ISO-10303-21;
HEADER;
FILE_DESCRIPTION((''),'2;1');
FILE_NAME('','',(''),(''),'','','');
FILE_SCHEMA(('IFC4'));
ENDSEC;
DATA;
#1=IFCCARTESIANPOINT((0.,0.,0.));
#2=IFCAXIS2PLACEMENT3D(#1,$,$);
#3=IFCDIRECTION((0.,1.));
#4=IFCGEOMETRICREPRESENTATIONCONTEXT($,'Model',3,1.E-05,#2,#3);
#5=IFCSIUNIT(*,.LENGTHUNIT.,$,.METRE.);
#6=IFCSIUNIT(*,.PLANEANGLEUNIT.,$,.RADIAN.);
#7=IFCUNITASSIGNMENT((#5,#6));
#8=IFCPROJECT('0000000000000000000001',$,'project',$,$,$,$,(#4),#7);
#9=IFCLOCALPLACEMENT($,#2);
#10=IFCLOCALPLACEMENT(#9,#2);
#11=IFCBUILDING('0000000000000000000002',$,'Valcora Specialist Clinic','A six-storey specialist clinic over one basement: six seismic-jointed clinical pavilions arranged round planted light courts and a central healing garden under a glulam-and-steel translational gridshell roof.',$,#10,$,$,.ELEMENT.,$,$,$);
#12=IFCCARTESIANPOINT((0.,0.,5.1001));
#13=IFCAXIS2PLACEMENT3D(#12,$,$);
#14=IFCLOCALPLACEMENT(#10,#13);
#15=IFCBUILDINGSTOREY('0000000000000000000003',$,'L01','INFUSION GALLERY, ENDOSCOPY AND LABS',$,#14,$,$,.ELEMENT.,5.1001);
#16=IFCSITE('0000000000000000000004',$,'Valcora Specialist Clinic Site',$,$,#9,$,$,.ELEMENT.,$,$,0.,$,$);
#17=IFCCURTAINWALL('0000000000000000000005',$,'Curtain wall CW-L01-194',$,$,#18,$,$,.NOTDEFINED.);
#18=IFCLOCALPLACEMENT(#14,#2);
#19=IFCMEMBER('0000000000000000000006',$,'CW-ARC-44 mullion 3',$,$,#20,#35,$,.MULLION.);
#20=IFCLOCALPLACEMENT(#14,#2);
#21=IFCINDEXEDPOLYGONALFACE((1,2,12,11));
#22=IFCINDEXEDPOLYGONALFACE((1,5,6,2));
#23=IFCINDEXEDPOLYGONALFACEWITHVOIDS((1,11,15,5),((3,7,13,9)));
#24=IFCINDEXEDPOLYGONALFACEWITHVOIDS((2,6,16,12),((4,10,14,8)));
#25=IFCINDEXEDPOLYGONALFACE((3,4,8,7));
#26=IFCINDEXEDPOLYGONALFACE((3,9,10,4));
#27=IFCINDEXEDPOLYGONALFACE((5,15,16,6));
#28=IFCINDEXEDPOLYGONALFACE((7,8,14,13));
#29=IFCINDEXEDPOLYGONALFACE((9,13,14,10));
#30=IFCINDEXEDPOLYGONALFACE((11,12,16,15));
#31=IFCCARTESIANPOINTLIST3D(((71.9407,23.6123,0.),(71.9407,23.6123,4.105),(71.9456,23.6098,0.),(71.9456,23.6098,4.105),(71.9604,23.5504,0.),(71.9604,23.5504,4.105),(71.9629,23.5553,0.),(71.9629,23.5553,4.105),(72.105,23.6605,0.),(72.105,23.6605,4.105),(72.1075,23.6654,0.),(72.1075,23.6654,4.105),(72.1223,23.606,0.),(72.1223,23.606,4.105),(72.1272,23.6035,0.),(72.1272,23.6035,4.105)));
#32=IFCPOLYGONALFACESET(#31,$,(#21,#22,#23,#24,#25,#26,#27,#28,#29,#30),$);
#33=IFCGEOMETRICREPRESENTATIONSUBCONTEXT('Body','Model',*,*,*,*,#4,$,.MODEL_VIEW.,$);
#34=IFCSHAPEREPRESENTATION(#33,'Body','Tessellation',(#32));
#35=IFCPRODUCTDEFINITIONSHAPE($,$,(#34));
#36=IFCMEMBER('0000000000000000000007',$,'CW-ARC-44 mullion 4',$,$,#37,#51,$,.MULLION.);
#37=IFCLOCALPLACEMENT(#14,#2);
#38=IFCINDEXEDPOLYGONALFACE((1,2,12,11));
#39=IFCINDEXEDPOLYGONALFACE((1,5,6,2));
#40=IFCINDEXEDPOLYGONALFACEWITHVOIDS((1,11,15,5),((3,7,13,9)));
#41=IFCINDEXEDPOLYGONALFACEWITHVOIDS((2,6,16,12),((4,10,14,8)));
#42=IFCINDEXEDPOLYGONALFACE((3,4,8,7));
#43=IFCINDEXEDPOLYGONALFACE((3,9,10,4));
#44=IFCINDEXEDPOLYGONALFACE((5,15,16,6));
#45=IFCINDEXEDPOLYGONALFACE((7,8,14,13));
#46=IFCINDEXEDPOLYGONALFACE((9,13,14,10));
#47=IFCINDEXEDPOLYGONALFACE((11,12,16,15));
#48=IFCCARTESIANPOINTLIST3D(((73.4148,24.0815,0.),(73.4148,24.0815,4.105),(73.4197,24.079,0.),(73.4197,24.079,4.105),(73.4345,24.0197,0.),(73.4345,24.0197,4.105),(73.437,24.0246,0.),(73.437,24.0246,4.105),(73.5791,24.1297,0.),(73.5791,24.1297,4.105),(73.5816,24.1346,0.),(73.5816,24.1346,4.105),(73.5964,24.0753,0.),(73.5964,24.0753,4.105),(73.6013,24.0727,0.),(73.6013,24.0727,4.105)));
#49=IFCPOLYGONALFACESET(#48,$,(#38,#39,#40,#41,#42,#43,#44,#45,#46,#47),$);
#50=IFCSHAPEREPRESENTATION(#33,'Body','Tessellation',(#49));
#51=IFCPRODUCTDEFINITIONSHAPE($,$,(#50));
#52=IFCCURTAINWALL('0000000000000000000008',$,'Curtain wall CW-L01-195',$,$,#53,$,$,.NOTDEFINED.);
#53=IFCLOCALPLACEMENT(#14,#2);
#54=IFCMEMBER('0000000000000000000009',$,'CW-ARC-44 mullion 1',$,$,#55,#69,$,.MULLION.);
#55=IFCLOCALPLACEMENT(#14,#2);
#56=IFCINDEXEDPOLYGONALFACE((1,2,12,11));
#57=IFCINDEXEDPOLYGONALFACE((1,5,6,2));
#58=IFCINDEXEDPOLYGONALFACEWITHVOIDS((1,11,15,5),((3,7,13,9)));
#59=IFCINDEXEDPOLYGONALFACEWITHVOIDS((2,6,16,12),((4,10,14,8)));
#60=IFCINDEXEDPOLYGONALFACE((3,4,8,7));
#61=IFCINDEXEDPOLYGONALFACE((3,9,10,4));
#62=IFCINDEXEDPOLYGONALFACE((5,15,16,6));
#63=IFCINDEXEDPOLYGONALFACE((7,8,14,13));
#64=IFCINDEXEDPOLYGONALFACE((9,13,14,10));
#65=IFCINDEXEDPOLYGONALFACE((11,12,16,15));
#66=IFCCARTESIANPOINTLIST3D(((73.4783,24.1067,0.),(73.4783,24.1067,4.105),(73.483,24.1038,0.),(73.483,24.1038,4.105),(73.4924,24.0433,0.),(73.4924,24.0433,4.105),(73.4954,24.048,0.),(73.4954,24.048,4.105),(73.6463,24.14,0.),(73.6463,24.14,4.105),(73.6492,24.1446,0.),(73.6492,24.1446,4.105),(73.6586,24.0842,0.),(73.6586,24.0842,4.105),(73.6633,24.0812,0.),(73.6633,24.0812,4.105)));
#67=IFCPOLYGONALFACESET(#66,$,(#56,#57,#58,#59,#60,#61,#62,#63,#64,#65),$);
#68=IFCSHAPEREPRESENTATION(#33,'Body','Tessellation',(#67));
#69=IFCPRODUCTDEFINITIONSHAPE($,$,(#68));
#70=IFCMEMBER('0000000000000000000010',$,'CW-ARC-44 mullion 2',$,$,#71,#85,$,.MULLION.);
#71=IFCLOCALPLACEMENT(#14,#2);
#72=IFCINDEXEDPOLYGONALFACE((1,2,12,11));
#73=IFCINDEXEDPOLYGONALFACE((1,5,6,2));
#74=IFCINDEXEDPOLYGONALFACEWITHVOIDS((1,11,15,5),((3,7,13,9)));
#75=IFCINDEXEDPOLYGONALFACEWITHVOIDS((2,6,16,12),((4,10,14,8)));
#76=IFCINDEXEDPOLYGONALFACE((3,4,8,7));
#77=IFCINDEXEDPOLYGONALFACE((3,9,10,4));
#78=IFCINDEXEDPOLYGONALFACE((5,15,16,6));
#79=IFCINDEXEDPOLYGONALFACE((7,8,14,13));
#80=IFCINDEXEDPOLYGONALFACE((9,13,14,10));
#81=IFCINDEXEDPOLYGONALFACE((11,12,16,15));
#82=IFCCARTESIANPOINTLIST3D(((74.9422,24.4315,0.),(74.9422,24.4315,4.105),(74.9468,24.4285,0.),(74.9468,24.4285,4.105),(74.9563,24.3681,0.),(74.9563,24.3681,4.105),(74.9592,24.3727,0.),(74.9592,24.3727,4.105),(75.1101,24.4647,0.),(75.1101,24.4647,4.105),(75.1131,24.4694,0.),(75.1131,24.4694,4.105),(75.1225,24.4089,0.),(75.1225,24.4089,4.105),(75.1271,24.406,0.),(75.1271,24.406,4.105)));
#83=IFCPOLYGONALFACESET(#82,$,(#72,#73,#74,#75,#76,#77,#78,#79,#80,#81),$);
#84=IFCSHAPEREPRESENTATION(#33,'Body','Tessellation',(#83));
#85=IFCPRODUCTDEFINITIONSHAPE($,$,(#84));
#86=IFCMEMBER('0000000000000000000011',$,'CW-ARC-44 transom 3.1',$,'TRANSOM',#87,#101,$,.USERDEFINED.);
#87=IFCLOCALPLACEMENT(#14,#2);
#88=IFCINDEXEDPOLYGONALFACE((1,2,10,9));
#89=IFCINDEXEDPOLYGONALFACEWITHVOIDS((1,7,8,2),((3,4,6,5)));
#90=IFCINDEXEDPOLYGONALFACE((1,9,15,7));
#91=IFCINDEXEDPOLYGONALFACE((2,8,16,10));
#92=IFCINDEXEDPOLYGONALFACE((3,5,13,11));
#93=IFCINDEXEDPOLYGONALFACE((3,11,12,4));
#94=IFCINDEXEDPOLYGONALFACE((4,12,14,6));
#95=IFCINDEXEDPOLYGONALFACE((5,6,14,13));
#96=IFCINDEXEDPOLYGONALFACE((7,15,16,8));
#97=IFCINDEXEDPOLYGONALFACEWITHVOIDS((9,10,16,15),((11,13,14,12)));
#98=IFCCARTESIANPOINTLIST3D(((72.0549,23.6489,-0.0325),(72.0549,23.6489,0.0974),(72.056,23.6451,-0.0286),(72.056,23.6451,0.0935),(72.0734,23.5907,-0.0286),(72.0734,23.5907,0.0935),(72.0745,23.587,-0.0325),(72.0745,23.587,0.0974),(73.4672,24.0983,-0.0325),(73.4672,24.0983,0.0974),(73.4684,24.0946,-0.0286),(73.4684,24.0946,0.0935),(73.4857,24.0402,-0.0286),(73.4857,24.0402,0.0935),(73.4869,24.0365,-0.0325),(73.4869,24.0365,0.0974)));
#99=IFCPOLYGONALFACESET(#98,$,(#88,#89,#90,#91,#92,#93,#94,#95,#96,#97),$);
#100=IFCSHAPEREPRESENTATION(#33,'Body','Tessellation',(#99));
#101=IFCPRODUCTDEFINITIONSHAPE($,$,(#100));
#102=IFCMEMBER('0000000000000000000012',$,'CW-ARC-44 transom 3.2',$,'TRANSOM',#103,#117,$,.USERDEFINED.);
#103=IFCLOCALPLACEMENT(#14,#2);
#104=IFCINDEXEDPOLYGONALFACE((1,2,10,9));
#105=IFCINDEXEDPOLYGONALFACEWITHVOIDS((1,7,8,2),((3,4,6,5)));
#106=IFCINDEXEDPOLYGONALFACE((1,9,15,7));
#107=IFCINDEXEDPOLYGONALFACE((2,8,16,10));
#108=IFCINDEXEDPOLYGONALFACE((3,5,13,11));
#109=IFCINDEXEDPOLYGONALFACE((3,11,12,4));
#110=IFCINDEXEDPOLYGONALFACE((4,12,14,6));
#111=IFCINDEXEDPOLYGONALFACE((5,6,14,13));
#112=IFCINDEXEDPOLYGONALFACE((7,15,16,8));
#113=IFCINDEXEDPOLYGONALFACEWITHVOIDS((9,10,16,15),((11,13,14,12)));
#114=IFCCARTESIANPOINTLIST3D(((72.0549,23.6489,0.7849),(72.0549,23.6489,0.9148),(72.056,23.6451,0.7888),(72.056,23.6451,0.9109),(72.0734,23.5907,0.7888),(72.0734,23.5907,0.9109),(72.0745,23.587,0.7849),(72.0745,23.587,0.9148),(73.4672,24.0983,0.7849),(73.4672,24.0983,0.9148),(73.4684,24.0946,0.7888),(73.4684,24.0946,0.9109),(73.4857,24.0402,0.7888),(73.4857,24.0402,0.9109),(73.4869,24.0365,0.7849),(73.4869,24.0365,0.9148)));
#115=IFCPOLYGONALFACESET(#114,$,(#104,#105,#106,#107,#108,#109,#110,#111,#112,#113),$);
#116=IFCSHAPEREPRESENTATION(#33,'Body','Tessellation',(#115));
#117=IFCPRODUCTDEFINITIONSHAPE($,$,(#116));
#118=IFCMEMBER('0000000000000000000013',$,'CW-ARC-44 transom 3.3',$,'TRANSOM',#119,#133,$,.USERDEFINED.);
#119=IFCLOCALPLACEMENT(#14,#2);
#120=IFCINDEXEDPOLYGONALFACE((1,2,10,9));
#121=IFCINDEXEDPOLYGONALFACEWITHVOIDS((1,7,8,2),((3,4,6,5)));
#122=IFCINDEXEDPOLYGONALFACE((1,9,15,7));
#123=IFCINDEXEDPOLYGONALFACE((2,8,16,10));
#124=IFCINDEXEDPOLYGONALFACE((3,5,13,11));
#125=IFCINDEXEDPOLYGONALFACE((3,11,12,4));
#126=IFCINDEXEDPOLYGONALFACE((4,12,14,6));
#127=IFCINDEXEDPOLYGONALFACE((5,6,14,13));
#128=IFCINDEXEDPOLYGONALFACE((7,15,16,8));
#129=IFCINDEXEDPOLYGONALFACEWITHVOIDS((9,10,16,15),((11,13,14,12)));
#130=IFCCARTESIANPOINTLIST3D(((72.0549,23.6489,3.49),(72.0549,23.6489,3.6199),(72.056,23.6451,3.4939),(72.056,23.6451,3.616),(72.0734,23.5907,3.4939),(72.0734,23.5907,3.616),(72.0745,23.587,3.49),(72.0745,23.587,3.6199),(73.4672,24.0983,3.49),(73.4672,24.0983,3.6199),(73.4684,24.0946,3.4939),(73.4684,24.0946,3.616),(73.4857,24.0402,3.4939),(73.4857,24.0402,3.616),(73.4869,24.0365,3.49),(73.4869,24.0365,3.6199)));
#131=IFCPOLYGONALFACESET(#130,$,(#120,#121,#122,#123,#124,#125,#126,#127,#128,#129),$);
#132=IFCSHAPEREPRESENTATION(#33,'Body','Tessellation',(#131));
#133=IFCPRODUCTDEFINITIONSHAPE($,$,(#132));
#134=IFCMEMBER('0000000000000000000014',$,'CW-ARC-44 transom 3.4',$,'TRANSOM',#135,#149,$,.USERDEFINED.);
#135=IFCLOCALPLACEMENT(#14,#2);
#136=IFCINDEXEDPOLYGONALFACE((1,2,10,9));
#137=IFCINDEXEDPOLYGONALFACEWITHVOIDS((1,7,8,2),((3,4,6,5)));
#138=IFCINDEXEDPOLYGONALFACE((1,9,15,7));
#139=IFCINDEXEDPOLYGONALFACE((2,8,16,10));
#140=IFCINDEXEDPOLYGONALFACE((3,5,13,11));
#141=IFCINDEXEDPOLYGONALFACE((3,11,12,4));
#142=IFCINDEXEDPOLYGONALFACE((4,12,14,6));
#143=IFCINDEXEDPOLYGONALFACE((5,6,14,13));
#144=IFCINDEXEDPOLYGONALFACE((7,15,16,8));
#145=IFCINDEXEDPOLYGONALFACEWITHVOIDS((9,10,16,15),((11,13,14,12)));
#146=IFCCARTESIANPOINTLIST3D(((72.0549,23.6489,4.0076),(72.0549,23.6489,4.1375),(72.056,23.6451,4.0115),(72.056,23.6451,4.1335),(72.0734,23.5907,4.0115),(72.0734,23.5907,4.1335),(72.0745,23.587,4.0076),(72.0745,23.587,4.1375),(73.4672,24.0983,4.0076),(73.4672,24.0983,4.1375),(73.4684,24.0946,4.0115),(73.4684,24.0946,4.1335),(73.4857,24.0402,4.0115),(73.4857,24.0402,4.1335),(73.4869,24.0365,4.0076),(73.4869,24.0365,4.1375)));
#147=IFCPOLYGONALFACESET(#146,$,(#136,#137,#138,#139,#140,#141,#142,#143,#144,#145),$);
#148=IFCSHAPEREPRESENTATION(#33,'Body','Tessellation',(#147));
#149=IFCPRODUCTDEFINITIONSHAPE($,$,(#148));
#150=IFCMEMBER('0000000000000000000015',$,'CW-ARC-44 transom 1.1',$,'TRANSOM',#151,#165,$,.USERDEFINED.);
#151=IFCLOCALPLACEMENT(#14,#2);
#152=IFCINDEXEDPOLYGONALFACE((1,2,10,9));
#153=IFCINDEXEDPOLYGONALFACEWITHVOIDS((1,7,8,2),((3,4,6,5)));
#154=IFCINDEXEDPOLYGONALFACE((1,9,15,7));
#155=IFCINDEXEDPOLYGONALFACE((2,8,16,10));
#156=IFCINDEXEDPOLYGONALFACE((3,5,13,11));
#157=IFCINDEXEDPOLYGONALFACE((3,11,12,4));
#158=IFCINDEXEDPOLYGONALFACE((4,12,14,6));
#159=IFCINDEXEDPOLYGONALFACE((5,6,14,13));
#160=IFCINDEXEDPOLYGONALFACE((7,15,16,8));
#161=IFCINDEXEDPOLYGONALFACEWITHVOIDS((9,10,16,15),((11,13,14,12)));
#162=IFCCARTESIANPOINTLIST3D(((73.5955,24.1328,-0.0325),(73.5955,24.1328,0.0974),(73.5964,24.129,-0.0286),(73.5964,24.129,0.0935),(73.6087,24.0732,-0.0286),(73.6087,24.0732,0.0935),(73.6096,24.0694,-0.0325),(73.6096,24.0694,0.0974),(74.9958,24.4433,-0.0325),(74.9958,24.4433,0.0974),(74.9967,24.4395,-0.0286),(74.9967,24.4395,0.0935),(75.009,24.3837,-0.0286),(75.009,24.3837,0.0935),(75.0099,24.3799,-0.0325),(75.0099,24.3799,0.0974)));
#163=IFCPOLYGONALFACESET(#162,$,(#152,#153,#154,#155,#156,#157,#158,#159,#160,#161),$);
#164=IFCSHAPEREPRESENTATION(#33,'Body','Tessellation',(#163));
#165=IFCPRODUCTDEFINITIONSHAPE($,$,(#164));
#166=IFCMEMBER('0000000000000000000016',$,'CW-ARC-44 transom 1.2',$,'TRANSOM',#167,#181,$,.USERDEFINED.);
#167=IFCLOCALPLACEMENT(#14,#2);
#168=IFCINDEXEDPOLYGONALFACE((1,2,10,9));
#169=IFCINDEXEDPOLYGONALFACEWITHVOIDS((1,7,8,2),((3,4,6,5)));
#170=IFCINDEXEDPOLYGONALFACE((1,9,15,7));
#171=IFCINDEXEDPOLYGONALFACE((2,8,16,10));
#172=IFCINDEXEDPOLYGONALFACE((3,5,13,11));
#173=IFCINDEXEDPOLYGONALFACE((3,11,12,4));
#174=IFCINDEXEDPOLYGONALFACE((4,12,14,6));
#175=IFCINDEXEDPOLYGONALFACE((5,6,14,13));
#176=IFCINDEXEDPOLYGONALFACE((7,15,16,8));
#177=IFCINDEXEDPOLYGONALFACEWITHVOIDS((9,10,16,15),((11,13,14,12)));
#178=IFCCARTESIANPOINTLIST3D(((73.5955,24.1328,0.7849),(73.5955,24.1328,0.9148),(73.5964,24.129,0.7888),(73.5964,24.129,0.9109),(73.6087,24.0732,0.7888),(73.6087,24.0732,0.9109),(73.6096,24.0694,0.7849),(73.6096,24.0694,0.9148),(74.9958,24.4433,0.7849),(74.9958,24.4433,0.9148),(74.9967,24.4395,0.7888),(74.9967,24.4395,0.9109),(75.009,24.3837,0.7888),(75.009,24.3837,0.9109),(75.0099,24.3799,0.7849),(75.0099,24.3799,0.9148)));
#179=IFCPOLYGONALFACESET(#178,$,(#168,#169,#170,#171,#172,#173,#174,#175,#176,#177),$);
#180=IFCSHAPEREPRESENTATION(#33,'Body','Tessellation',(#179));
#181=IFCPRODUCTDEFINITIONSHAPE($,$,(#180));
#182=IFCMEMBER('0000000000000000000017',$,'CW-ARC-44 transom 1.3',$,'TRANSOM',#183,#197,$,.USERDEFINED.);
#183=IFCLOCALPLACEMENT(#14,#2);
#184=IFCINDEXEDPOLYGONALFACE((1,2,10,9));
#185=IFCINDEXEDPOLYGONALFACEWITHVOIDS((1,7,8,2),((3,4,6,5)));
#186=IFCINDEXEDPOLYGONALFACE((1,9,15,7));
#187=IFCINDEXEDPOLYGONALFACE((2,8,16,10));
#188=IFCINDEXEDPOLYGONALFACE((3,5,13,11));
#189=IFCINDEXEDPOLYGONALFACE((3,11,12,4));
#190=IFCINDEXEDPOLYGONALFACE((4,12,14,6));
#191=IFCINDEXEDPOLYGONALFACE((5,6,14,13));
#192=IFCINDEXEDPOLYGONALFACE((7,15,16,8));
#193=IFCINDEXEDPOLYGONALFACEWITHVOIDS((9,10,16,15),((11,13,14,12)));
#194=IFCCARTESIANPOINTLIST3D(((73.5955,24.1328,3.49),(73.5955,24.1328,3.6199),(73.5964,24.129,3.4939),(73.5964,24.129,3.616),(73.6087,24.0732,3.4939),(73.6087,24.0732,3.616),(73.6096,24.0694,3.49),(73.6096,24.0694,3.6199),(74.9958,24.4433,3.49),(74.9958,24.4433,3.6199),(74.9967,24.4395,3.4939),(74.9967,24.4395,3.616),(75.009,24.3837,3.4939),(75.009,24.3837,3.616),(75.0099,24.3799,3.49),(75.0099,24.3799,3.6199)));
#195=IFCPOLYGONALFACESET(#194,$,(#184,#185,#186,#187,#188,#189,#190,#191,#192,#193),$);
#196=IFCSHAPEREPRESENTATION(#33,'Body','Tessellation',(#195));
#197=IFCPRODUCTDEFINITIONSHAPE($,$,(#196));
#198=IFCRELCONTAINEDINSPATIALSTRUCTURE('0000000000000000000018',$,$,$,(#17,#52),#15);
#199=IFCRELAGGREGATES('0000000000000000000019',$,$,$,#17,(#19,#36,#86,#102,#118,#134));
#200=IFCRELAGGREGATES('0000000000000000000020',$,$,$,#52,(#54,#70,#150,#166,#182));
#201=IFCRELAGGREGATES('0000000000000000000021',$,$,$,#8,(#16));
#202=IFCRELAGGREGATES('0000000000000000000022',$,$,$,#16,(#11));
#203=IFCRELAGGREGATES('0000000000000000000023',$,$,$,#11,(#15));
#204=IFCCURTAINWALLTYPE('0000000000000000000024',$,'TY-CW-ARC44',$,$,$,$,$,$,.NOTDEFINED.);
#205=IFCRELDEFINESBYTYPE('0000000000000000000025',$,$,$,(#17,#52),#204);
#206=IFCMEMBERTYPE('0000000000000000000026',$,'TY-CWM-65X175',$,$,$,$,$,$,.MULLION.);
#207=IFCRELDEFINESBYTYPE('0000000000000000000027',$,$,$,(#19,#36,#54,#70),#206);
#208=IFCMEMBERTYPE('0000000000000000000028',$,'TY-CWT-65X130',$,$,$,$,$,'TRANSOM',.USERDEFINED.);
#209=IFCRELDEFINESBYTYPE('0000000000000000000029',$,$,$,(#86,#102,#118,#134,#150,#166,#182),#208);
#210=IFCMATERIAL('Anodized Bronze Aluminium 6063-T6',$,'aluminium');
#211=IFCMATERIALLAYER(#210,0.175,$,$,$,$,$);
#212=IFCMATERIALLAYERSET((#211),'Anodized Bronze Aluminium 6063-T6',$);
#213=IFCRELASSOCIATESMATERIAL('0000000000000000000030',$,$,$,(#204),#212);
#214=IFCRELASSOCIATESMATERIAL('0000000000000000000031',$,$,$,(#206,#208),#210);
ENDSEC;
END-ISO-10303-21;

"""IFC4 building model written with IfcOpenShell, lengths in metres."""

from ifc_helpers import new_model, si_unit, direction, frame, origin, origin_2d, place, context, subcontext, project, spatial, hollow_rectangle, extrude, material, layer, layer_set, material_profile, profile_set, type_object, element, aggregate, save


model = new_model("IFC4")

# Units and contexts
model_context = context("Model", 3, precision=1e-05, world=origin(), true_north=direction((0.0, 1.0)))
body_context = subcontext(model_context, "Body", "Model", "MODEL_VIEW")
ifc_project = project(units=[si_unit("LENGTHUNIT", "METRE"), si_unit("PLANEANGLEUNIT", "RADIAN")], contexts=[model_context])

# Site, building, storey
site_placement = place(None, origin())
site = spatial("IfcSite", under=ifc_project, at=site_placement, Name="Valcora Specialist Clinic Site", CompositionType="ELEMENT", RefElevation=0.0)
building_placement = place(site_placement, origin())
building = spatial("IfcBuilding", under=site, at=building_placement, Name="Valcora Specialist Clinic", Description="A six-storey specialist clinic over one basement: six seismic-jointed clinical pavilions arranged round planted light courts and a central healing garden under a glulam-and-steel translational gridshell roof.", CompositionType="ELEMENT")
storey_placement = place(building_placement, frame((0.0, 0.0, 5.1001)))
storey = spatial("IfcBuildingStorey", under=building, at=storey_placement, Name="L01", Description="INFUSION GALLERY, ENDOSCOPY AND LABS", CompositionType="ELEMENT", Elevation=5.1001)

# Curtain walls, members
ifc_material_1 = material(Name="Anodized Bronze Aluminium 6063-T6", Category="aluminium")
ifc_layer_1 = layer(ifc_material_1, 0.175)
ifc_layer_set_1 = layer_set([ifc_layer_1], Name="Anodized Bronze Aluminium 6063-T6")
curtain_wall_type = type_object("IfcCurtainWallType", Name="TY-CW-ARC44", PredefinedType="NOTDEFINED", material=ifc_layer_set_1)
curtain_wall_1_placement = place(storey_placement, origin())
curtain_wall_1 = element("IfcCurtainWall", 1, at=curtain_wall_1_placement, inside=storey, type_object=curtain_wall_type, Name="Curtain wall CW-L01-194", PredefinedType="NOTDEFINED")
ifc_material_profile_1 = material_profile(ifc_material_1, hollow_rectangle(XDim=0.0649, YDim=0.175, WallThickness=0.0039, at=origin_2d()), Name="AL-MUL-65X175")
ifc_profile_set_1 = profile_set([ifc_material_profile_1], Name="Anodized Bronze Aluminium 6063-T6")
member_type_1 = type_object("IfcMemberType", Name="TY-CWM-65X175", PredefinedType="MULLION", material=ifc_profile_set_1)
member_1_placement = place(storey_placement, frame((72.0339, 23.6079, 0.0), z_axis=(0.0, 0.0, 1.0), x_axis=(-0.303233, 0.952916, 0.0)))
member_1 = element("IfcMember", 2, at=member_1_placement, type_object=member_type_1, Name="CW-ARC-44 mullion 3", PredefinedType="MULLION", context=body_context, shape_type="SweptSolid", body=[
    extrude(hollow_rectangle(XDim=0.0649, YDim=0.175, WallThickness=0.0039, at=origin_2d()), origin(), (0.0, 0.0, 1.0), 4.105),
])
member_2_placement = place(storey_placement, frame((73.5081, 24.0771, 0.0), z_axis=(0.0, 0.0, 1.0), x_axis=(-0.303233, 0.952916, 0.0)))
member_2 = element("IfcMember", 3, at=member_2_placement, type_object=member_type_1, Name="CW-ARC-44 mullion 4", PredefinedType="MULLION", context=body_context, shape_type="SweptSolid", body=[
    extrude(hollow_rectangle(XDim=0.0649, YDim=0.175, WallThickness=0.0039, at=origin_2d()), origin(), (0.0, 0.0, 1.0), 4.105),
])
curtain_wall_2_placement = place(storey_placement, origin())
curtain_wall_2 = element("IfcCurtainWall", 4, at=curtain_wall_2_placement, inside=storey, type_object=curtain_wall_type, Name="Curtain wall CW-L01-195", PredefinedType="NOTDEFINED")
member_3_placement = place(storey_placement, frame((73.5708, 24.094, 0.0), z_axis=(0.0, 0.0, 1.0), x_axis=(-0.216518, 0.976279, 0.0)))
member_3 = element("IfcMember", 5, at=member_3_placement, type_object=member_type_1, Name="CW-ARC-44 mullion 1", PredefinedType="MULLION", context=body_context, shape_type="SweptSolid", body=[
    extrude(hollow_rectangle(XDim=0.0649, YDim=0.175, WallThickness=0.0039, at=origin_2d()), origin(), (0.0, 0.0, 1.0), 4.105),
])
member_4_placement = place(storey_placement, frame((75.0347, 24.4187, 0.0), z_axis=(0.0, 0.0, 1.0), x_axis=(-0.216518, 0.976279, 0.0)))
member_4 = element("IfcMember", 6, at=member_4_placement, type_object=member_type_1, Name="CW-ARC-44 mullion 2", PredefinedType="MULLION", context=body_context, shape_type="SweptSolid", body=[
    extrude(hollow_rectangle(XDim=0.0649, YDim=0.175, WallThickness=0.0039, at=origin_2d()), origin(), (0.0, 0.0, 1.0), 4.105),
])

# Members
ifc_material_profile_2 = material_profile(ifc_material_1, hollow_rectangle(XDim=0.0649, YDim=0.1299, WallThickness=0.0039, at=origin_2d()), Name="AL-TRN-65X130")
ifc_profile_set_2 = profile_set([ifc_material_profile_2], Name="Anodized Bronze Aluminium 6063-T6")
member_type_2 = type_object("IfcMemberType", Name="TY-CWT-65X130", ElementType="TRANSOM", PredefinedType="USERDEFINED", material=ifc_profile_set_2)
member_5_placement = place(storey_placement, frame((72.0647, 23.6179, 0.0325), z_axis=(0.952911, 0.303251, 0.0), x_axis=(-0.303251, 0.952911, 0.0)))
member_5 = element("IfcMember", 7, at=member_5_placement, type_object=member_type_2, Name="CW-ARC-44 transom 3.1", ObjectType="TRANSOM", PredefinedType="USERDEFINED", context=body_context, shape_type="SweptSolid", body=[
    extrude(hollow_rectangle(XDim=0.0649, YDim=0.1299, WallThickness=0.0039, at=origin_2d()), origin(), (0.0, 0.0, 1.0), 1.4822),
])
member_6_placement = place(storey_placement, frame((72.0647, 23.6179, 0.8499), z_axis=(0.952911, 0.303251, 0.0), x_axis=(-0.303251, 0.952911, 0.0)))
member_6 = element("IfcMember", 8, at=member_6_placement, type_object=member_type_2, Name="CW-ARC-44 transom 3.2", ObjectType="TRANSOM", PredefinedType="USERDEFINED", context=body_context, shape_type="SweptSolid", body=[
    extrude(hollow_rectangle(XDim=0.0649, YDim=0.1299, WallThickness=0.0039, at=origin_2d()), origin(), (0.0, 0.0, 1.0), 1.4822),
])
member_7_placement = place(storey_placement, frame((72.0647, 23.6179, 3.5549), z_axis=(0.952911, 0.303251, 0.0), x_axis=(-0.303251, 0.952911, 0.0)))
member_7 = element("IfcMember", 9, at=member_7_placement, type_object=member_type_2, Name="CW-ARC-44 transom 3.3", ObjectType="TRANSOM", PredefinedType="USERDEFINED", context=body_context, shape_type="SweptSolid", body=[
    extrude(hollow_rectangle(XDim=0.0649, YDim=0.1299, WallThickness=0.0039, at=origin_2d()), origin(), (0.0, 0.0, 1.0), 1.4822),
])
member_8_placement = place(storey_placement, frame((72.0647, 23.6179, 4.0725), z_axis=(0.952911, 0.303251, 0.0), x_axis=(-0.303251, 0.952911, 0.0)))
member_8 = element("IfcMember", 10, at=member_8_placement, type_object=member_type_2, Name="CW-ARC-44 transom 3.4", ObjectType="TRANSOM", PredefinedType="USERDEFINED", context=body_context, shape_type="SweptSolid", body=[
    extrude(hollow_rectangle(XDim=0.0649, YDim=0.1299, WallThickness=0.0039, at=origin_2d()), origin(), (0.0, 0.0, 1.0), 1.4822),
])
member_9_placement = place(storey_placement, frame((73.6025, 24.1011, 0.0325), z_axis=(0.976283, 0.216498, 0.0), x_axis=(-0.216498, 0.976283, 0.0)))
member_9 = element("IfcMember", 11, at=member_9_placement, type_object=member_type_2, Name="CW-ARC-44 transom 1.1", ObjectType="TRANSOM", PredefinedType="USERDEFINED", context=body_context, shape_type="SweptSolid", body=[
    extrude(hollow_rectangle(XDim=0.0649, YDim=0.1299, WallThickness=0.0039, at=origin_2d()), origin(), (0.0, 0.0, 1.0), 1.4343),
])
member_10_placement = place(storey_placement, frame((73.6025, 24.1011, 0.8499), z_axis=(0.976283, 0.216498, 0.0), x_axis=(-0.216498, 0.976283, 0.0)))
member_10 = element("IfcMember", 12, at=member_10_placement, type_object=member_type_2, Name="CW-ARC-44 transom 1.2", ObjectType="TRANSOM", PredefinedType="USERDEFINED", context=body_context, shape_type="SweptSolid", body=[
    extrude(hollow_rectangle(XDim=0.0649, YDim=0.1299, WallThickness=0.0039, at=origin_2d()), origin(), (0.0, 0.0, 1.0), 1.4343),
])
member_11_placement = place(storey_placement, frame((73.6025, 24.1011, 3.5549), z_axis=(0.976283, 0.216498, 0.0), x_axis=(-0.216498, 0.976283, 0.0)))
member_11 = element("IfcMember", 13, at=member_11_placement, type_object=member_type_2, Name="CW-ARC-44 transom 1.3", ObjectType="TRANSOM", PredefinedType="USERDEFINED", context=body_context, shape_type="SweptSolid", body=[
    extrude(hollow_rectangle(XDim=0.0649, YDim=0.1299, WallThickness=0.0039, at=origin_2d()), origin(), (0.0, 0.0, 1.0), 1.4343),
])

aggregate(curtain_wall_1, [member_1, member_2, member_5, member_6, member_7, member_8])
aggregate(curtain_wall_2, [member_3, member_4, member_9, member_10, member_11])

save(model, "model.ifc")
